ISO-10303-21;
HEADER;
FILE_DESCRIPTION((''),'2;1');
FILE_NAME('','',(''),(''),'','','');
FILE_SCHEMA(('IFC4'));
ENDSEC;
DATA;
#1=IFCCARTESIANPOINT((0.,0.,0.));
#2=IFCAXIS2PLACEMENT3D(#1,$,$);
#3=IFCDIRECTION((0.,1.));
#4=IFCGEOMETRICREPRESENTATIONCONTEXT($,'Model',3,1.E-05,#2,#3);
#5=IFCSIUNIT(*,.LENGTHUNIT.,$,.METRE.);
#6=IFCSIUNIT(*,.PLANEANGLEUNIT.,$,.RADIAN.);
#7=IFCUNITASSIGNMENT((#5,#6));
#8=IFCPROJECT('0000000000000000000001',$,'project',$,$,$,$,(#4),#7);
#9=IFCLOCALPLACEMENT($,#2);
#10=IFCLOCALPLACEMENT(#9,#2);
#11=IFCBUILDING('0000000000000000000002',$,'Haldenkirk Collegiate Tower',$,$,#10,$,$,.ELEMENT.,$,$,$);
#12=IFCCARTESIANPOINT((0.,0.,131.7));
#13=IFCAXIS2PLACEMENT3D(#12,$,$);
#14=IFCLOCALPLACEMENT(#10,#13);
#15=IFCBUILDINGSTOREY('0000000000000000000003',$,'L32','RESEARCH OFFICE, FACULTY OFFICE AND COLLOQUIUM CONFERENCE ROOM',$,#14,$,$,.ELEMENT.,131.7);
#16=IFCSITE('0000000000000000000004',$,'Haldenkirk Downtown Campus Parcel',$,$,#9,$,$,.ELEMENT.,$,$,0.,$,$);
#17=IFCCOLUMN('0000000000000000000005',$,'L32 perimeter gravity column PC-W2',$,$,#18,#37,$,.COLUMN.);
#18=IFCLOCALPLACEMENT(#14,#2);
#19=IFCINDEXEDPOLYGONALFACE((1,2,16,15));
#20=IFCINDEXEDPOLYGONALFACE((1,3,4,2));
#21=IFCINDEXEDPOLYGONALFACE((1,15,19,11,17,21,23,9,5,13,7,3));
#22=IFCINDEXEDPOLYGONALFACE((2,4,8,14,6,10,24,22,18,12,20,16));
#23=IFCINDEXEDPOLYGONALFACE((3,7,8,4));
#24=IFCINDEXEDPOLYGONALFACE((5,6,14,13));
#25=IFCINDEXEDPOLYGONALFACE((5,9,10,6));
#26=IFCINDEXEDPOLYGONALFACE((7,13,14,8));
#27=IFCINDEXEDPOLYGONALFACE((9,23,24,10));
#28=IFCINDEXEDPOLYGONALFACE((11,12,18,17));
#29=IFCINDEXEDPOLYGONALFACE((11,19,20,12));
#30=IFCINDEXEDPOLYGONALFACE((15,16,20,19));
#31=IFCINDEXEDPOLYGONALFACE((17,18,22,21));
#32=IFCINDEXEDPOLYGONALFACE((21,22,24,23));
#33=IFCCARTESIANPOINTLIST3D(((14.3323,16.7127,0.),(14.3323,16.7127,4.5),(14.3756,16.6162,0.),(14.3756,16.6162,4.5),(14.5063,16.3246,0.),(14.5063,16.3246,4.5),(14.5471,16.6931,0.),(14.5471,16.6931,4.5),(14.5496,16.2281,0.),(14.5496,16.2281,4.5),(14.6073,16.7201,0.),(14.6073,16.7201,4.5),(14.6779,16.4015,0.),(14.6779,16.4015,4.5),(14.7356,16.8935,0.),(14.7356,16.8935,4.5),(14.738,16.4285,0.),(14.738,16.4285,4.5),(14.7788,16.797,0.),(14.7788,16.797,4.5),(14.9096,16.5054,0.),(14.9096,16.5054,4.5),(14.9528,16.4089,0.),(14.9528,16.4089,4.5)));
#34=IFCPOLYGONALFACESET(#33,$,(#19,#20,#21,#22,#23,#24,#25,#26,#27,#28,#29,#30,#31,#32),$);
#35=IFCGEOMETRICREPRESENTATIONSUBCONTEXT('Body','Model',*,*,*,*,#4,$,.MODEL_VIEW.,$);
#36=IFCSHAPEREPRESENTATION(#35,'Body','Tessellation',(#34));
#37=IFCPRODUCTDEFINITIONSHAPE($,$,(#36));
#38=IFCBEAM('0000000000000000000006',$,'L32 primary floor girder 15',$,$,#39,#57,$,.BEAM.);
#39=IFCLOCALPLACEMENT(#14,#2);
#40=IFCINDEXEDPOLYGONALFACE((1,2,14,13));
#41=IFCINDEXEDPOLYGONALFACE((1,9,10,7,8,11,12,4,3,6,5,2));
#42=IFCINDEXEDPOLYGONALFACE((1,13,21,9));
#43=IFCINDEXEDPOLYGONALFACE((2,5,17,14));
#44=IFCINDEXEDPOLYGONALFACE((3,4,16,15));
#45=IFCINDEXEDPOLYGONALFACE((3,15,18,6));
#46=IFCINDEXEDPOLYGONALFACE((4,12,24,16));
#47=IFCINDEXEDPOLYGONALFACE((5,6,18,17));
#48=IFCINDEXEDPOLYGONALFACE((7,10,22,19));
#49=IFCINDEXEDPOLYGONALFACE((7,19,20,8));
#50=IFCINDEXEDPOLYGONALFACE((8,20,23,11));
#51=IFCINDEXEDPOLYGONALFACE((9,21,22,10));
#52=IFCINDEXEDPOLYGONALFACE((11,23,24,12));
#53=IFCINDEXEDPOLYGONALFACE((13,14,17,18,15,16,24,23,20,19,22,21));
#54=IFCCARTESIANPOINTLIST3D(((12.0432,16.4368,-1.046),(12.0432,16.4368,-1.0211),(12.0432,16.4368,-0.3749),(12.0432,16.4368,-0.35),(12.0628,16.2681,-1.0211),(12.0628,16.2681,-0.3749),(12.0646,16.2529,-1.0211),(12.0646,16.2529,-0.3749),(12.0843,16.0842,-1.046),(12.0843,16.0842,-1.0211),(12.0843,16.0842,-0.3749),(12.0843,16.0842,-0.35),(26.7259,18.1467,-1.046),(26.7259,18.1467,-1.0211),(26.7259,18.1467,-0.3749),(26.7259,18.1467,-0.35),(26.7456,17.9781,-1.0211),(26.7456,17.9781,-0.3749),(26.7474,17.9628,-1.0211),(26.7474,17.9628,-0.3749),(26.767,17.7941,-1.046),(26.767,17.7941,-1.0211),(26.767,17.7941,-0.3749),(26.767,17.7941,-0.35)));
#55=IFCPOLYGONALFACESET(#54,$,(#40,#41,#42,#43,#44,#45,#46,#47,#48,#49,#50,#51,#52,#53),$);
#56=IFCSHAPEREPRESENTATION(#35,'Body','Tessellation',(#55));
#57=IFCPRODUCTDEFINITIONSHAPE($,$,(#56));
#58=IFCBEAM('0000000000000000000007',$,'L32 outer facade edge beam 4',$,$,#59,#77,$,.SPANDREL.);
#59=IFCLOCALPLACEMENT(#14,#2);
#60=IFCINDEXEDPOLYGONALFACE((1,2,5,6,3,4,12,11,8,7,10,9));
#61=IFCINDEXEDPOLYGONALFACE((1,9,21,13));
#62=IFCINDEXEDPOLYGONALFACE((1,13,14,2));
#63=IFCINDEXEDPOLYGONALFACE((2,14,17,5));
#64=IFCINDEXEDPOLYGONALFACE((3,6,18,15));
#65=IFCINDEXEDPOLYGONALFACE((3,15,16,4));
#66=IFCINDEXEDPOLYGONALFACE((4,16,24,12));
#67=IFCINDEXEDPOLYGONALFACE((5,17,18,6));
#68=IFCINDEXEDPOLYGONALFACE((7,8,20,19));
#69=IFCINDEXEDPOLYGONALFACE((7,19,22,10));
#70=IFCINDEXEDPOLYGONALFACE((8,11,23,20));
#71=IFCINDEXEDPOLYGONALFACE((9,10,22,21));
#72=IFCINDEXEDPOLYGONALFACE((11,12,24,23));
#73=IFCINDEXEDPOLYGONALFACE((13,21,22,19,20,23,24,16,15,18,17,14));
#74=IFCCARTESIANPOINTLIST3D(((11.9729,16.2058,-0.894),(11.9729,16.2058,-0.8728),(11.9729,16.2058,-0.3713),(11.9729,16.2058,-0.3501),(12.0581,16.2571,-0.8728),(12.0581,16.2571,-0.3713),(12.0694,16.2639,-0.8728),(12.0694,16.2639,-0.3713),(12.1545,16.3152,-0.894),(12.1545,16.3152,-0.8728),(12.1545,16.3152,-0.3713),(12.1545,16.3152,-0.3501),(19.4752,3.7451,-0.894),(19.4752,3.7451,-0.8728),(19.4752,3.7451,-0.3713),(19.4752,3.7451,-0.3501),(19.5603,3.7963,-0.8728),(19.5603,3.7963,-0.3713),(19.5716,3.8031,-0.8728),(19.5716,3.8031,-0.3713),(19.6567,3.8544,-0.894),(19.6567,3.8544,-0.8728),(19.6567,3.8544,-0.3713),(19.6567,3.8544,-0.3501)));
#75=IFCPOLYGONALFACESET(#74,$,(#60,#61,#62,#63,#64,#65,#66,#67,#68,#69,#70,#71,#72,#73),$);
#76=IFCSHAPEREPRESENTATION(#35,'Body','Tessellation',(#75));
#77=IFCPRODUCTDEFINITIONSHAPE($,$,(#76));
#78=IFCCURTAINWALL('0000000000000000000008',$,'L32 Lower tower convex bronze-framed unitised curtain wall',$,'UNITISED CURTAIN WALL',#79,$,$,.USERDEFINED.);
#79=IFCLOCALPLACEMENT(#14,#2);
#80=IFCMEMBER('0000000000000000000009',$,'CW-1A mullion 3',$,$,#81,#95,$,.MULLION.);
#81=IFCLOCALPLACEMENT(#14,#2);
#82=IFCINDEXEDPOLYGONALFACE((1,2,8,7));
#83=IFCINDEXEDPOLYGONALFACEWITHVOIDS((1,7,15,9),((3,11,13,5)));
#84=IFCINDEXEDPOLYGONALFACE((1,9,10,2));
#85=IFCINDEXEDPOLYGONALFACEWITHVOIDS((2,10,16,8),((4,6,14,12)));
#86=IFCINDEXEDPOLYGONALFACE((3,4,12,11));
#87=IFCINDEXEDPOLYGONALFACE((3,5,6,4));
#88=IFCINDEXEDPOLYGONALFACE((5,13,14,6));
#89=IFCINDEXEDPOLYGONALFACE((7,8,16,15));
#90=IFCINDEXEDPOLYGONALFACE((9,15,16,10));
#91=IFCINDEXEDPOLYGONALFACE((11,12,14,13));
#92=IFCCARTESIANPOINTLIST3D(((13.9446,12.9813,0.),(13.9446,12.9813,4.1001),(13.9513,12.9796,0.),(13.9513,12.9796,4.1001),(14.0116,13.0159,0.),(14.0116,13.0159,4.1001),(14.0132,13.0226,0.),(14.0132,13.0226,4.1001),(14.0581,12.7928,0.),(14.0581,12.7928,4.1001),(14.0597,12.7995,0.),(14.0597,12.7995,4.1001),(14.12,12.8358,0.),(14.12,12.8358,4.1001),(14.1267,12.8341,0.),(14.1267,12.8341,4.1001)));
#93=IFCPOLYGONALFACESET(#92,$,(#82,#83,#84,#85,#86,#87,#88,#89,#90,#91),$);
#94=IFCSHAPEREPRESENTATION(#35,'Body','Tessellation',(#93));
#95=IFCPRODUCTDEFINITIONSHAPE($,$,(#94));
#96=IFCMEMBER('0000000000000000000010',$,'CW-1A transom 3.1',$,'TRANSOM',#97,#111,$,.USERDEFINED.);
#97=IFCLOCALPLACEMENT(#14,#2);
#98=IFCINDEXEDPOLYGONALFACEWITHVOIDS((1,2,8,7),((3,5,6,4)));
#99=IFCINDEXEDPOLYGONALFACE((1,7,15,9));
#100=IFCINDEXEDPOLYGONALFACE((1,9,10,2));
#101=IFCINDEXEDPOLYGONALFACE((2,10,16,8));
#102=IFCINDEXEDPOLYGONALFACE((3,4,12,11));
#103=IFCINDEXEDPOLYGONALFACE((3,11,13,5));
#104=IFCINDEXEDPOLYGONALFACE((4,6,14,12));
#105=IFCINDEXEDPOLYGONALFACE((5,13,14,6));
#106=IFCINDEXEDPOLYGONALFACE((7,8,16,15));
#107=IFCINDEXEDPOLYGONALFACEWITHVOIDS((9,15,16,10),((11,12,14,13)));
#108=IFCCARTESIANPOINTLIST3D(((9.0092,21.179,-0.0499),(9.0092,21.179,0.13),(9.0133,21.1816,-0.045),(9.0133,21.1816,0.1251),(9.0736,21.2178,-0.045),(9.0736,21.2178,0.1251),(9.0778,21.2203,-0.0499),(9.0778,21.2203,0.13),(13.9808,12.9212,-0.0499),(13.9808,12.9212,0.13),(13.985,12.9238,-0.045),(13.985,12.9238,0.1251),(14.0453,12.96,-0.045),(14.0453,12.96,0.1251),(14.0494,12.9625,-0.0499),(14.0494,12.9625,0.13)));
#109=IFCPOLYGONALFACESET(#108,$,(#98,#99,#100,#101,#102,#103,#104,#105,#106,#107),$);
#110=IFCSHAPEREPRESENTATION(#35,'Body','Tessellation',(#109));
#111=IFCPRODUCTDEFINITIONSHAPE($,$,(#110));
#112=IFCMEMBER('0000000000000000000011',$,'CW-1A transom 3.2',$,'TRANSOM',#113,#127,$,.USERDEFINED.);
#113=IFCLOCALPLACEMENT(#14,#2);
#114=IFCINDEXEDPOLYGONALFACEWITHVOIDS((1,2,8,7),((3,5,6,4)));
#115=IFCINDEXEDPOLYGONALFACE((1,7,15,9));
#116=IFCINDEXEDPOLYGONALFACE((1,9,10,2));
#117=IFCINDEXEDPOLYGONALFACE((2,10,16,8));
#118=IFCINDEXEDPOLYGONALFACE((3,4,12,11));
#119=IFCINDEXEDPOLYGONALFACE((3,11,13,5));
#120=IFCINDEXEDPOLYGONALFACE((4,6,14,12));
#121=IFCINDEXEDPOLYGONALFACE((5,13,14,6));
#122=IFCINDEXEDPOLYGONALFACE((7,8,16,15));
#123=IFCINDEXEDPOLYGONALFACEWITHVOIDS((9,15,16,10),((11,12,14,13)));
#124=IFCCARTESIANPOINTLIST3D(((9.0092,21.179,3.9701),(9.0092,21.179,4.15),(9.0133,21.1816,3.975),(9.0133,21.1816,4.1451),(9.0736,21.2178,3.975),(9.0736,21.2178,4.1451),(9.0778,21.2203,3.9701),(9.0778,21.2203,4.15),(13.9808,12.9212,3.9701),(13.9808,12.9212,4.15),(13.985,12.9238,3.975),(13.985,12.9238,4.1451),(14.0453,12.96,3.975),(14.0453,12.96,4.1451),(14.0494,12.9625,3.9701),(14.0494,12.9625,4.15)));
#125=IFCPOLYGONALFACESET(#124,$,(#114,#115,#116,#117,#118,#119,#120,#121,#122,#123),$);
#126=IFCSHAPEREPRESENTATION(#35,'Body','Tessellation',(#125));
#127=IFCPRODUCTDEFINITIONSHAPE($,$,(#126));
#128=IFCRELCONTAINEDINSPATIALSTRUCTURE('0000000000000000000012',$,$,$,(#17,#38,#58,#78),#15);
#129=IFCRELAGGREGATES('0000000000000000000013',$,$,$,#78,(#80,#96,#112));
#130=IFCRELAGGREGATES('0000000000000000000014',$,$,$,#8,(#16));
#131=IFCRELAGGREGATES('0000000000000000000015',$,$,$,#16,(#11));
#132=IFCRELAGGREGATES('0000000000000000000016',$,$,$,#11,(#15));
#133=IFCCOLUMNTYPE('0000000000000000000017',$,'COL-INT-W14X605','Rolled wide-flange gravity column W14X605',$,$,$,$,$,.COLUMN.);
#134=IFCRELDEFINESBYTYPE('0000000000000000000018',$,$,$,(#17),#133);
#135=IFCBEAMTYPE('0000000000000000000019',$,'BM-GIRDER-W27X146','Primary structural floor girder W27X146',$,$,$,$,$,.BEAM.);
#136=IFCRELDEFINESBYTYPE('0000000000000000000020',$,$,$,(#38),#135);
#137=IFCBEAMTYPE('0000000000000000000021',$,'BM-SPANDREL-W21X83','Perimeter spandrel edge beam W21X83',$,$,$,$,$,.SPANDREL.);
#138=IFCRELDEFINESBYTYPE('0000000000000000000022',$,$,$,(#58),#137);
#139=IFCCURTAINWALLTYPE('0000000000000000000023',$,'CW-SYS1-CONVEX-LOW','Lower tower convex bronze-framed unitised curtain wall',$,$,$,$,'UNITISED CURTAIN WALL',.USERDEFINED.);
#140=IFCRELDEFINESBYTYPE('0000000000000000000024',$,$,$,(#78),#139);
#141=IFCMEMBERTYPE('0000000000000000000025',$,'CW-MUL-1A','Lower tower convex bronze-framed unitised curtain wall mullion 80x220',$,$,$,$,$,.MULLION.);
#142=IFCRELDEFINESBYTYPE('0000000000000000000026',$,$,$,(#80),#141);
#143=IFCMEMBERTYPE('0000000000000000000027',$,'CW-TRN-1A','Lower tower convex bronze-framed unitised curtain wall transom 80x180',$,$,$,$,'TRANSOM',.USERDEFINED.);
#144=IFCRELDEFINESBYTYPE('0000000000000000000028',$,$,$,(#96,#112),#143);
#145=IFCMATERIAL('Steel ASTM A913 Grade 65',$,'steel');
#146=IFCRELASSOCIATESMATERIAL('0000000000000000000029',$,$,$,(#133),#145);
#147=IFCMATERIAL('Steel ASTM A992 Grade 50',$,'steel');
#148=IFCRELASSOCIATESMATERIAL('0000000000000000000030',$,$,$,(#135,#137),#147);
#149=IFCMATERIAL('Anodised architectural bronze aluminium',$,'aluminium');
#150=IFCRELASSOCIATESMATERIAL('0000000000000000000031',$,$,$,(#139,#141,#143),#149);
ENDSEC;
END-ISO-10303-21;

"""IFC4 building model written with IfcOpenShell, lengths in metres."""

from ifc_helpers import new_model, si_unit, direction, frame, origin, origin_2d, place, context, subcontext, project, spatial, hollow_rectangle, i_section, extrude, material, material_profile, profile_set, type_object, element, aggregate, save


model = new_model("IFC4")

# Units and contexts
model_context = context("Model", 3, precision=1e-05, world=origin(), true_north=direction((0.0, 1.0)))
body_context = subcontext(model_context, "Body", "Model", "MODEL_VIEW")
ifc_project = project(units=[si_unit("LENGTHUNIT", "METRE"), si_unit("PLANEANGLEUNIT", "RADIAN")], contexts=[model_context])

# Site, building, storey
site_placement = place(None, origin())
site = spatial("IfcSite", under=ifc_project, at=site_placement, Name="Haldenkirk Downtown Campus Parcel", CompositionType="ELEMENT", RefElevation=0.0)
building_placement = place(site_placement, origin())
building = spatial("IfcBuilding", under=site, at=building_placement, Name="Haldenkirk Collegiate Tower", CompositionType="ELEMENT")
storey_placement = place(building_placement, frame((0.0, 0.0, 131.7)))
storey = spatial("IfcBuildingStorey", under=building, at=storey_placement, Name="L32", Description="RESEARCH OFFICE, FACULTY OFFICE AND COLLOQUIUM CONFERENCE ROOM", CompositionType="ELEMENT", Elevation=131.7)

# Column
ifc_material_1 = material(Name="Steel ASTM A913 Grade 65", Category="steel")
ifc_material_profile_1 = material_profile(ifc_material_1, i_section(OverallWidth=0.4419, OverallDepth=0.531, WebThickness=0.0659, FlangeThickness=0.1057, at=origin_2d()), Name="W14X605")
ifc_profile_set_1 = profile_set([ifc_material_profile_1], Name="Steel ASTM A913 Grade 65")
column_type = type_object("IfcColumnType", Name="COL-INT-W14X605", Description="Rolled wide-flange gravity column W14X605", PredefinedType="COLUMN", material=ifc_profile_set_1)
column_placement = place(storey_placement, frame((14.6426, 16.5608, 0.0), z_axis=(0.0, 0.0, 1.0), x_axis=(0.912477, 0.409127, 0.0)))
element("IfcColumn", 1, at=column_placement, inside=storey, type_object=column_type, Name="L32 perimeter gravity column PC-W2", PredefinedType="COLUMN", context=body_context, shape_type="SweptSolid", body=[
    extrude(i_section(OverallWidth=0.4419, OverallDepth=0.531, WebThickness=0.0659, FlangeThickness=0.1057, at=origin_2d()), origin(), (0.0, 0.0, 1.0), 4.5),
])

# Beams
ifc_material_2 = material(Name="Steel ASTM A992 Grade 50", Category="steel")
ifc_material_profile_2 = material_profile(ifc_material_2, i_section(OverallWidth=0.355, OverallDepth=0.696, WebThickness=0.0154, FlangeThickness=0.0249, at=origin_2d()), Name="W27X146")
ifc_profile_set_2 = profile_set([ifc_material_profile_2], Name="Steel ASTM A992 Grade 50")
beam_type_1 = type_object("IfcBeamType", Name="BM-GIRDER-W27X146", Description="Primary structural floor girder W27X146", PredefinedType="BEAM", material=ifc_profile_set_2)
beam_1_placement = place(storey_placement, frame((12.0637, 16.2605, -0.698), z_axis=(0.993287, 0.115678, 0.0), x_axis=(-0.115678, 0.993287, 0.0)))
element("IfcBeam", 2, at=beam_1_placement, inside=storey, type_object=beam_type_1, Name="L32 primary floor girder 15", PredefinedType="BEAM", context=body_context, shape_type="SweptSolid", body=[
    extrude(i_section(OverallWidth=0.355, OverallDepth=0.696, WebThickness=0.0154, FlangeThickness=0.0249, at=origin_2d()), origin(), (0.0, 0.0, 1.0), 14.782),
])
ifc_material_profile_3 = material_profile(ifc_material_2, i_section(OverallWidth=0.2119, OverallDepth=0.5439, WebThickness=0.0132, FlangeThickness=0.0212, at=origin_2d()), Name="W21X83")
ifc_profile_set_3 = profile_set([ifc_material_profile_3], Name="Steel ASTM A992 Grade 50")
beam_type_2 = type_object("IfcBeamType", Name="BM-SPANDREL-W21X83", Description="Perimeter spandrel edge beam W21X83", PredefinedType="SPANDREL", material=ifc_profile_set_3)
beam_2_placement = place(storey_placement, frame((12.0637, 16.2605, -0.6221), z_axis=(0.515798, -0.85671, 0.0), x_axis=(0.85671, 0.515798, 0.0)))
element("IfcBeam", 3, at=beam_2_placement, inside=storey, type_object=beam_type_2, Name="L32 outer facade edge beam 4", PredefinedType="SPANDREL", context=body_context, shape_type="SweptSolid", body=[
    extrude(i_section(OverallWidth=0.2119, OverallDepth=0.5439, WebThickness=0.0132, FlangeThickness=0.0212, at=origin_2d()), origin(), (0.0, 0.0, 1.0), 14.5449),
])

# Curtain wall, members
ifc_material_3 = material(Name="Anodised architectural bronze aluminium", Category="aluminium")
curtain_wall_type = type_object("IfcCurtainWallType", Name="CW-SYS1-CONVEX-LOW", Description="Lower tower convex bronze-framed unitised curtain wall", ElementType="UNITISED CURTAIN WALL", PredefinedType="USERDEFINED", material=ifc_material_3)
curtain_wall_placement = place(storey_placement, origin())
curtain_wall = element("IfcCurtainWall", 4, at=curtain_wall_placement, inside=storey, type_object=curtain_wall_type, Name="L32 Lower tower convex bronze-framed unitised curtain wall", ObjectType="UNITISED CURTAIN WALL", PredefinedType="USERDEFINED")
ifc_material_profile_4 = material_profile(ifc_material_3, hollow_rectangle(XDim=0.0801, YDim=0.22, WallThickness=0.0049, at=origin_2d()), Name="CW-MUL-1A")
ifc_profile_set_4 = profile_set([ifc_material_profile_4], Name="Anodised architectural bronze aluminium")
member_type_1 = type_object("IfcMemberType", Name="CW-MUL-1A", Description="Lower tower convex bronze-framed unitised curtain wall mullion 80x220", PredefinedType="MULLION", material=ifc_profile_set_4)
member_1_placement = place(storey_placement, frame((14.0356, 12.9077, 0.0), z_axis=(0.0, 0.0, 1.0), x_axis=(-0.856718, -0.515785, 0.0)))
member_1 = element("IfcMember", 5, at=member_1_placement, type_object=member_type_1, Name="CW-1A mullion 3", PredefinedType="MULLION", context=body_context, shape_type="SweptSolid", body=[
    extrude(hollow_rectangle(XDim=0.0801, YDim=0.22, WallThickness=0.0049, at=origin_2d()), origin(), (0.0, 0.0, 1.0), 4.1001),
])
ifc_material_profile_5 = material_profile(ifc_material_3, hollow_rectangle(XDim=0.0801, YDim=0.1799, WallThickness=0.0049, at=origin_2d()), Name="CW-TRN-1A")
ifc_profile_set_5 = profile_set([ifc_material_profile_5], Name="Anodised architectural bronze aluminium")
member_type_2 = type_object("IfcMemberType", Name="CW-TRN-1A", Description="Lower tower convex bronze-framed unitised curtain wall transom 80x180", ElementType="TRANSOM", PredefinedType="USERDEFINED", material=ifc_profile_set_5)
member_2_placement = place(storey_placement, frame((14.0151, 12.9419, 0.04), z_axis=(-0.515791, 0.856714, 0.0), x_axis=(-0.856714, -0.515791, 0.0)))
member_2 = element("IfcMember", 6, at=member_2_placement, type_object=member_type_2, Name="CW-1A transom 3.1", ObjectType="TRANSOM", PredefinedType="USERDEFINED", context=body_context, shape_type="SweptSolid", body=[
    extrude(hollow_rectangle(XDim=0.0801, YDim=0.1799, WallThickness=0.0049, at=origin_2d()), origin(), (0.0, 0.0, 1.0), 9.6389),
])
member_3_placement = place(storey_placement, frame((14.0151, 12.9419, 4.0601), z_axis=(-0.515791, 0.856714, 0.0), x_axis=(-0.856714, -0.515791, 0.0)))
member_3 = element("IfcMember", 7, at=member_3_placement, type_object=member_type_2, Name="CW-1A transom 3.2", ObjectType="TRANSOM", PredefinedType="USERDEFINED", context=body_context, shape_type="SweptSolid", body=[
    extrude(hollow_rectangle(XDim=0.0801, YDim=0.1799, WallThickness=0.0049, at=origin_2d()), origin(), (0.0, 0.0, 1.0), 9.6389),
])

aggregate(curtain_wall, [member_1, member_2, member_3])

save(model, "model.ifc")
